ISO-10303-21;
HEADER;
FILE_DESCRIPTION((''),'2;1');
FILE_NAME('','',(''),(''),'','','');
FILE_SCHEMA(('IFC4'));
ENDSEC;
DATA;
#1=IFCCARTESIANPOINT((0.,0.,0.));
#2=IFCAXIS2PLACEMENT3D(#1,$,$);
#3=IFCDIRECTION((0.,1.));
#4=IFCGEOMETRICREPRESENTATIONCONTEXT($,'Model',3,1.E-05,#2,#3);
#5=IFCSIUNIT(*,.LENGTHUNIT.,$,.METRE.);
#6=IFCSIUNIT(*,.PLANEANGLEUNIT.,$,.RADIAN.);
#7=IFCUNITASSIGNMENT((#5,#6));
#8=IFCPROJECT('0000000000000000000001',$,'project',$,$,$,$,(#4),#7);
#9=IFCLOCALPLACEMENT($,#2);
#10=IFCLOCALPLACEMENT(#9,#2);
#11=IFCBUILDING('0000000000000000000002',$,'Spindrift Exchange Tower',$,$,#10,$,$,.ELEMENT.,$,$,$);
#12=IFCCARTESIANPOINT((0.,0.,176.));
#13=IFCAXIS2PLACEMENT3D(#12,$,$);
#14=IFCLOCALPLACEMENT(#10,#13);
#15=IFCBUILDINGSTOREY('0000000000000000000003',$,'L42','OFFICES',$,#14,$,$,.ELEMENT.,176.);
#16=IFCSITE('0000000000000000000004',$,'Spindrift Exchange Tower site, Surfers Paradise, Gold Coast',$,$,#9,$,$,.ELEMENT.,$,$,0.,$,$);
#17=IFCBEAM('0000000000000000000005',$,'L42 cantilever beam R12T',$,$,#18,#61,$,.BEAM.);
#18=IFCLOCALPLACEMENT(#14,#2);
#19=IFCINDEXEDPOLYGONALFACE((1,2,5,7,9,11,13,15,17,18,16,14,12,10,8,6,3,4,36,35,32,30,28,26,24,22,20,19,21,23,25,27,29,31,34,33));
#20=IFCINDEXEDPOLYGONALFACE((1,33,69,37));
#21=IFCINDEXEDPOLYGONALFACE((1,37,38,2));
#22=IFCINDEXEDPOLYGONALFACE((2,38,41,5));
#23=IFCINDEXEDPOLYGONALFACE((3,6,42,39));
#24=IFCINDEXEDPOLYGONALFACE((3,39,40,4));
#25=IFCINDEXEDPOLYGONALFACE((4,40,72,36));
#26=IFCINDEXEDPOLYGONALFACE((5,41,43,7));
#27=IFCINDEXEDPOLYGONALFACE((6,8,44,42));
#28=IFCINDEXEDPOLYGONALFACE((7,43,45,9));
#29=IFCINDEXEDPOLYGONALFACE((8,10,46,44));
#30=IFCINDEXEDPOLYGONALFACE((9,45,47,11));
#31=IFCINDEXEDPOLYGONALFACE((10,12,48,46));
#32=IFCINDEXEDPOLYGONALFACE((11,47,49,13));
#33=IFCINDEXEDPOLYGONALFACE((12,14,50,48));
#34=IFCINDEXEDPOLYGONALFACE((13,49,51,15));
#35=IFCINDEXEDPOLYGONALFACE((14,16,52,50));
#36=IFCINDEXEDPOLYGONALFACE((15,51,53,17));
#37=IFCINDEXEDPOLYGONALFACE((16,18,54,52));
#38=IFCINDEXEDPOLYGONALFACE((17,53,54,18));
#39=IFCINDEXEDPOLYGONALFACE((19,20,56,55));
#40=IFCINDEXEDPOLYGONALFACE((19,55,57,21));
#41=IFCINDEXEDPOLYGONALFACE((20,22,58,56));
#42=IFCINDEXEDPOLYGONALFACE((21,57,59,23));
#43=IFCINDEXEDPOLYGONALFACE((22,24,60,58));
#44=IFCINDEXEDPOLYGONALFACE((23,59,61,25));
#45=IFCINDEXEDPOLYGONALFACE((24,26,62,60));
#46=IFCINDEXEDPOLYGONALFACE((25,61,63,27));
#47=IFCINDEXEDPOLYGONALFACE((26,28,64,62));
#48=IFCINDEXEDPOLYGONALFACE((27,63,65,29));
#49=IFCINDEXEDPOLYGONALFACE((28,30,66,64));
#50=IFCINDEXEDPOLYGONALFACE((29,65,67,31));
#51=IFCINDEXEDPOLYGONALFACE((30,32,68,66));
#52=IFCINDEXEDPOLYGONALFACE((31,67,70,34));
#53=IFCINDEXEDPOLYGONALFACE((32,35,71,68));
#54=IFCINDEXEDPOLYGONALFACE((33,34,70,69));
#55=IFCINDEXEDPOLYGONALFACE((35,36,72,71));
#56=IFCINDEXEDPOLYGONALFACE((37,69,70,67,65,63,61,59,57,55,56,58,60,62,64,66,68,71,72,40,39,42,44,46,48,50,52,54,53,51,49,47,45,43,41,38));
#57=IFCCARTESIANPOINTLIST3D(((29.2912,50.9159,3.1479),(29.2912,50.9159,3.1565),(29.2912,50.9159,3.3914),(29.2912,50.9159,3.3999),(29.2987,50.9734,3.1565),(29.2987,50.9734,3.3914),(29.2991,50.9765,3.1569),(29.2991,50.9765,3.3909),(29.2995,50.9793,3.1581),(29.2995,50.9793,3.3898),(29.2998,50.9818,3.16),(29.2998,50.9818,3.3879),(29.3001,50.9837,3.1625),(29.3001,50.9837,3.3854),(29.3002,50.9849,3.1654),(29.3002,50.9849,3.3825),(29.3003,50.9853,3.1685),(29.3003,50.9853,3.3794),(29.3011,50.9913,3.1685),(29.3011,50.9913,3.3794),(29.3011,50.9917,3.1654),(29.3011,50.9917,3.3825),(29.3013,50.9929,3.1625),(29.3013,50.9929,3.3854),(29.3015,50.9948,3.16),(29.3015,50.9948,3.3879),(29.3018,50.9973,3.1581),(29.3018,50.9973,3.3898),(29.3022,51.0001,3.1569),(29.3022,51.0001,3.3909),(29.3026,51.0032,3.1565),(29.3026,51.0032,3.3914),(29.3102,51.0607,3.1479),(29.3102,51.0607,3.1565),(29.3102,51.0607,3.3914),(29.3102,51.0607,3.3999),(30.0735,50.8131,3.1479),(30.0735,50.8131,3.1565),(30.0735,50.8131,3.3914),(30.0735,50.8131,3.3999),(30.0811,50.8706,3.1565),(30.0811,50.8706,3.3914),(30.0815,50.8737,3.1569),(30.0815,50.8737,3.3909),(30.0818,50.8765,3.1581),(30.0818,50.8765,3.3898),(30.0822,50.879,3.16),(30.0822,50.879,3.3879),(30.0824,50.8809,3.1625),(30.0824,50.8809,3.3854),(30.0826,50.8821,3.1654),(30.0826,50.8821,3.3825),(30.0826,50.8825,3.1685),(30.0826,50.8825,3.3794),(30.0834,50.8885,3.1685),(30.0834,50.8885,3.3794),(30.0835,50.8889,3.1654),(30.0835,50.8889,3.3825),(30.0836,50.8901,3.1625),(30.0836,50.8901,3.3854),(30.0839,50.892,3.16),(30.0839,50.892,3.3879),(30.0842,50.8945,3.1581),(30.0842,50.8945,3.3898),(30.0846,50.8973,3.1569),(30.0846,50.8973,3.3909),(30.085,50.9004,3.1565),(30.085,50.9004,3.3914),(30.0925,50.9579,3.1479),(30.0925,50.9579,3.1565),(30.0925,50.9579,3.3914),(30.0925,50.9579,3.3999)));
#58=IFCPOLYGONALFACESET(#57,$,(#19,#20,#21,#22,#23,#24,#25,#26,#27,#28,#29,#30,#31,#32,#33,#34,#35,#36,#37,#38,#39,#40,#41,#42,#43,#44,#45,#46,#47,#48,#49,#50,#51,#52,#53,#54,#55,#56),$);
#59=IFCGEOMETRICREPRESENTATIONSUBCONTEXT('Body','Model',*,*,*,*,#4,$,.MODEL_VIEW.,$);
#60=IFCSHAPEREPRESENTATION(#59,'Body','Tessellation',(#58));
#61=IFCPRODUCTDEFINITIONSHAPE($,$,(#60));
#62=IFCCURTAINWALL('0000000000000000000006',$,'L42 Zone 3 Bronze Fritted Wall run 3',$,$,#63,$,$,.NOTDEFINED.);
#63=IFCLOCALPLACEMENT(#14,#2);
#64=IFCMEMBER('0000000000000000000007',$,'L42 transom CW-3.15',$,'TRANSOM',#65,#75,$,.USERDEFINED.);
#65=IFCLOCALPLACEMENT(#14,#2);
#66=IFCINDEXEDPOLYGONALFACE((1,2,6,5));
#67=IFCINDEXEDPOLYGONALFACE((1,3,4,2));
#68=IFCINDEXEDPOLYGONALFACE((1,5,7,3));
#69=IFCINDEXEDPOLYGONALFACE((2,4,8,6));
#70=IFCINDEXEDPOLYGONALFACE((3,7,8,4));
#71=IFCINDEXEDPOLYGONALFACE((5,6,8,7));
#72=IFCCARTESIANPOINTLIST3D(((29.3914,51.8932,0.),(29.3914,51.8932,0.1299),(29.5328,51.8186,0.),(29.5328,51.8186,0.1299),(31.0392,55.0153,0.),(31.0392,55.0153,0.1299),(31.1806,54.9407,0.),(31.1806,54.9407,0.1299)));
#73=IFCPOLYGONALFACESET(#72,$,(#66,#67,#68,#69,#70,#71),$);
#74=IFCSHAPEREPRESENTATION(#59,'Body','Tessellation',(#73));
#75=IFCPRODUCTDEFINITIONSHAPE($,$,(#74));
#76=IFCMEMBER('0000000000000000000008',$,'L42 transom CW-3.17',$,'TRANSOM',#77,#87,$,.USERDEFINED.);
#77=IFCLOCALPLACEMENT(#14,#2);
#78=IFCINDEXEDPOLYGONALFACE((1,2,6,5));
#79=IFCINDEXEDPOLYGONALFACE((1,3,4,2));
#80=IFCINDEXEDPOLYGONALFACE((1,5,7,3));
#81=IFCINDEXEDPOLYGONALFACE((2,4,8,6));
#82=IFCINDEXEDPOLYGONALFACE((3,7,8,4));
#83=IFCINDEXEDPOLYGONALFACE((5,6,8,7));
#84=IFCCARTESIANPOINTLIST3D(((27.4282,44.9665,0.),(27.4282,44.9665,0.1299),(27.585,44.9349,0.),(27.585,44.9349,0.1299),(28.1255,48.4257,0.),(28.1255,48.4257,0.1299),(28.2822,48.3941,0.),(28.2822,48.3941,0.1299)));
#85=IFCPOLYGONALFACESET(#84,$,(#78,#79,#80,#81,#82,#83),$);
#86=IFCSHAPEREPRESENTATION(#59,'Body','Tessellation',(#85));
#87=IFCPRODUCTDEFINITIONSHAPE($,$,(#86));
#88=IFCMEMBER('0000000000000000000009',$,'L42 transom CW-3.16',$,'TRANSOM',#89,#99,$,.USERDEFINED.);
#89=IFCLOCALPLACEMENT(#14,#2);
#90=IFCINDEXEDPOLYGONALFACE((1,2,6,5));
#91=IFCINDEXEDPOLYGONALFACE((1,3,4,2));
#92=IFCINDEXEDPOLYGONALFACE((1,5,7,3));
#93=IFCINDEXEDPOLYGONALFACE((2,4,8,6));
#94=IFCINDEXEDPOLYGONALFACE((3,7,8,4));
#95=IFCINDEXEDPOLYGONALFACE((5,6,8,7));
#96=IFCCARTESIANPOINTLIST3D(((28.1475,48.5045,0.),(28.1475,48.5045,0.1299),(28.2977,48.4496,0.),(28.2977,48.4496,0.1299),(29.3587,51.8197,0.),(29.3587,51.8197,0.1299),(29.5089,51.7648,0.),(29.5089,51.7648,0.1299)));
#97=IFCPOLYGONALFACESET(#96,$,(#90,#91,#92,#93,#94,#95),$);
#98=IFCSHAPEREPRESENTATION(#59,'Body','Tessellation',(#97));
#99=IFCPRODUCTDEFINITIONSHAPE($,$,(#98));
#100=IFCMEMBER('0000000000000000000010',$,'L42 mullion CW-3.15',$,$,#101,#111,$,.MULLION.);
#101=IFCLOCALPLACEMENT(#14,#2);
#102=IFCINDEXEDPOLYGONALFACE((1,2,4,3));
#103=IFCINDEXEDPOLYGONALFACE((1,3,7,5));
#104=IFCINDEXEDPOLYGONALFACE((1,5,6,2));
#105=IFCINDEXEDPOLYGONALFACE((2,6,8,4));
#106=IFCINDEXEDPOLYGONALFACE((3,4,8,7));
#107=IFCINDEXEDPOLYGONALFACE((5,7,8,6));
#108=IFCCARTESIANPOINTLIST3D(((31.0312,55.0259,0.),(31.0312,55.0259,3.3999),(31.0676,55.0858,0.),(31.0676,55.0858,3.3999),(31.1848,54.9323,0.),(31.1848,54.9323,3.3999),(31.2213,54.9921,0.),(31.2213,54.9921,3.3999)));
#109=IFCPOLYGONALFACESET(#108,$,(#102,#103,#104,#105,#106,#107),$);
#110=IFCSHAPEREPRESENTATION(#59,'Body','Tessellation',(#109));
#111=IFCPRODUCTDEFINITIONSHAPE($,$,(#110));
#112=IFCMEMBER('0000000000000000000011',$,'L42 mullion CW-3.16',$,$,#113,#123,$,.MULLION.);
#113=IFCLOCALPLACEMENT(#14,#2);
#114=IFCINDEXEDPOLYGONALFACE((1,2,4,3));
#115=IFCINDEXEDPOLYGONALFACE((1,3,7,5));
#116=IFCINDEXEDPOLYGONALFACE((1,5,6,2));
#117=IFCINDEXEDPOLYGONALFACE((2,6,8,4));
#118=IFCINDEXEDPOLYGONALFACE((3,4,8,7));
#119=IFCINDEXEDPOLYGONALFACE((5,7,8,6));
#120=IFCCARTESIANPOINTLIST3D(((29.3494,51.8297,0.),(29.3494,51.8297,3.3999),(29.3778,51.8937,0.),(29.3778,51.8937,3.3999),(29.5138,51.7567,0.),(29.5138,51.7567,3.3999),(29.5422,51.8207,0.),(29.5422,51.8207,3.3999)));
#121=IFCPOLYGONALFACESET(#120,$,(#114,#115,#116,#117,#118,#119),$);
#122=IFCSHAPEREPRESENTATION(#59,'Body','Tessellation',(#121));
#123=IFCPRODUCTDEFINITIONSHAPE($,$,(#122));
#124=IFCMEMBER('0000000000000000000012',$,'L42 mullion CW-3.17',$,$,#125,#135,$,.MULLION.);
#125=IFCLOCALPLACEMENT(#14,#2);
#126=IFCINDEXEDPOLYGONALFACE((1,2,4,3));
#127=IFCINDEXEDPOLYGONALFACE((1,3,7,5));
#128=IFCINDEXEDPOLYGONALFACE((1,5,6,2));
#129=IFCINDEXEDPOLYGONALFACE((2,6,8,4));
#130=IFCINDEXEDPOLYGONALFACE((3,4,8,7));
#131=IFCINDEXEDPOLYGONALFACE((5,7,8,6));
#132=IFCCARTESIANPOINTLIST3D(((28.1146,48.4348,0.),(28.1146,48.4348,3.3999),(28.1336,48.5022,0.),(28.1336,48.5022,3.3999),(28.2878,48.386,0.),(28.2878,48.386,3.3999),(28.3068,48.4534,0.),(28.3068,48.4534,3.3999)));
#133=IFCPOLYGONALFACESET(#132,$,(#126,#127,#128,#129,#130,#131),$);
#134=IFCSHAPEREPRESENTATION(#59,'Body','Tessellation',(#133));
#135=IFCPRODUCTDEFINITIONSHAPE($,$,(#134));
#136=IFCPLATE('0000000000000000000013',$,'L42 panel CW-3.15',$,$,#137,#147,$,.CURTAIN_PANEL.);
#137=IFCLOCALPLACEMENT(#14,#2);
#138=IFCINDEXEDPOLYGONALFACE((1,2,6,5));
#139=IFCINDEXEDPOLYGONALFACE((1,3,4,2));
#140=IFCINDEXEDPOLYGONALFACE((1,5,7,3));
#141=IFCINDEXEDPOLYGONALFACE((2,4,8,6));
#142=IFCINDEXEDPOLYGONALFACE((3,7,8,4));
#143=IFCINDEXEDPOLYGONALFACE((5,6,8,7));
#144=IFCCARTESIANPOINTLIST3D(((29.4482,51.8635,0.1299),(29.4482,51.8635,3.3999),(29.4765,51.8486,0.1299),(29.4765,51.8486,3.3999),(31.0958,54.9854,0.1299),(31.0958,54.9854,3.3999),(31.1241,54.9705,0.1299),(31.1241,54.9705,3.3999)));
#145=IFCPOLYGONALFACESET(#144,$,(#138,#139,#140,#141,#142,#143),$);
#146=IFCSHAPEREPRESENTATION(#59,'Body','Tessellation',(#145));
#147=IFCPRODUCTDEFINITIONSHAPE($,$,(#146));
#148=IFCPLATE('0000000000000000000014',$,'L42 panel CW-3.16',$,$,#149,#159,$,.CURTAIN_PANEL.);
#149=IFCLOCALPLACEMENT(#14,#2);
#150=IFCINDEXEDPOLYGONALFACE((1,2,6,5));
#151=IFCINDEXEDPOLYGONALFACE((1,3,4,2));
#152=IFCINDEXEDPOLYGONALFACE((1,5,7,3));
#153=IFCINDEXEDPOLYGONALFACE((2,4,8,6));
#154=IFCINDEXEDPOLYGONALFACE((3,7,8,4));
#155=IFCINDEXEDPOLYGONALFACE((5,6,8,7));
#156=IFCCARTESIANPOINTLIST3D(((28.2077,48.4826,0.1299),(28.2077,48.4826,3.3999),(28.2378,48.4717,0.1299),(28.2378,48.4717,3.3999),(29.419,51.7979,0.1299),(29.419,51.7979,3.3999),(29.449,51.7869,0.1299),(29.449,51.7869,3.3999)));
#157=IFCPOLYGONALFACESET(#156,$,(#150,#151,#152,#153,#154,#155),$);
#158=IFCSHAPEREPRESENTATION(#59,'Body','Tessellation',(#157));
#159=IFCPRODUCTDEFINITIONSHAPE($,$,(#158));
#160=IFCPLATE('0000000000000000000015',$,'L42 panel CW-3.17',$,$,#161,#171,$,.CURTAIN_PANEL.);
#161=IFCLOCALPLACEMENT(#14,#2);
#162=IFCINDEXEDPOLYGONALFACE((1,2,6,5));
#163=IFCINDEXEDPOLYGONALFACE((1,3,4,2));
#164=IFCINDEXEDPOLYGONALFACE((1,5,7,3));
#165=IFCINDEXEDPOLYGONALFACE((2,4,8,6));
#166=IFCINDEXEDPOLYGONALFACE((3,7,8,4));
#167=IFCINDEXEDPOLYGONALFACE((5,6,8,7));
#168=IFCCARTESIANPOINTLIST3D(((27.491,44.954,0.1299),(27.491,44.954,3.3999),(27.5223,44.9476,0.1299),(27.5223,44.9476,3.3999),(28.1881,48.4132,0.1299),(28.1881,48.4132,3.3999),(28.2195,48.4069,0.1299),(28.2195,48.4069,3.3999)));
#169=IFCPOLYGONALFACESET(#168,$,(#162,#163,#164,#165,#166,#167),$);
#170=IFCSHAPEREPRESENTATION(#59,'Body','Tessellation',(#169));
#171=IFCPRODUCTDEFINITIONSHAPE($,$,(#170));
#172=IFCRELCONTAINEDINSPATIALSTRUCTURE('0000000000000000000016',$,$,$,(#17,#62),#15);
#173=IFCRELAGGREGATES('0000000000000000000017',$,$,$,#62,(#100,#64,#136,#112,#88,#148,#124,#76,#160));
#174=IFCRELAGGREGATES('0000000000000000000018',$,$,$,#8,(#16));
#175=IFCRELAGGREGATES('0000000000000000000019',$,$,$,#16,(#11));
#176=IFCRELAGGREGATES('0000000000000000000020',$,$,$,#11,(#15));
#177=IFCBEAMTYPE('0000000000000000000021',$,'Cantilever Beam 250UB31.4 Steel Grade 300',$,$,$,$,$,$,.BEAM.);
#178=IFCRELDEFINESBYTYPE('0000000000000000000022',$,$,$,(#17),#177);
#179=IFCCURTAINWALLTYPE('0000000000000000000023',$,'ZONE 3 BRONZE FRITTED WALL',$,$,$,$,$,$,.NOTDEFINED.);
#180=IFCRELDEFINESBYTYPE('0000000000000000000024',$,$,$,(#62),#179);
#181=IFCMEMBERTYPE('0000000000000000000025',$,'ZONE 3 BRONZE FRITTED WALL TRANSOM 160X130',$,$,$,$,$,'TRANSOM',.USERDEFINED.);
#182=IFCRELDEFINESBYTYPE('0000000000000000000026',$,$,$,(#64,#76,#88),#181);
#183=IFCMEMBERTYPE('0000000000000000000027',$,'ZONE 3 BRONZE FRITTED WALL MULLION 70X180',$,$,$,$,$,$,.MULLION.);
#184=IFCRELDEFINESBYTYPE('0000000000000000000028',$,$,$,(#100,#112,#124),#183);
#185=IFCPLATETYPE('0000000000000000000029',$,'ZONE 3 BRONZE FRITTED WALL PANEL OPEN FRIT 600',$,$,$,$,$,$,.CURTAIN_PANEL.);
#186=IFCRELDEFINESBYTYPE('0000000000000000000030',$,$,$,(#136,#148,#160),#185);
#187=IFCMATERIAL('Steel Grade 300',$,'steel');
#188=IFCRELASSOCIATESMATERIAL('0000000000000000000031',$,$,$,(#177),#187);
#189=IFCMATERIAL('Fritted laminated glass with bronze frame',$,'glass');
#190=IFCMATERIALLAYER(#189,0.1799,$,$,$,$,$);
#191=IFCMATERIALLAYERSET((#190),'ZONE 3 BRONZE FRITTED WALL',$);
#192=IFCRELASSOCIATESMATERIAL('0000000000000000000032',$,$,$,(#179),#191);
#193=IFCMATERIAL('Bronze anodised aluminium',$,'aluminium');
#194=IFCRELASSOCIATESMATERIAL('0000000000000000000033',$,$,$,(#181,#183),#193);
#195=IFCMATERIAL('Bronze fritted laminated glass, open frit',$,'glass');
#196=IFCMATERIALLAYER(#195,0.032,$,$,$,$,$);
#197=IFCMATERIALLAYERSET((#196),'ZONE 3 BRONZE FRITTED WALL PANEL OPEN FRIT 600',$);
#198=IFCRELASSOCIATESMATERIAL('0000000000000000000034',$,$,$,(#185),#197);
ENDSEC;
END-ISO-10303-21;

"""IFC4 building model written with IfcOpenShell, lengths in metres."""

from ifc_helpers import new_model, si_unit, direction, frame, origin, origin_2d, place, context, subcontext, project, spatial, rectangle, i_section, extrude, source, transform, mapped, material, layer, layer_set, material_profile, profile_set, type_object, element, aggregate, save


model = new_model("IFC4")

# Units and contexts
model_context = context("Model", 3, precision=1e-05, world=origin(), true_north=direction((0.0, 1.0)))
body_context = subcontext(model_context, "Body", "Model", "MODEL_VIEW")
ifc_project = project(units=[si_unit("LENGTHUNIT", "METRE"), si_unit("PLANEANGLEUNIT", "RADIAN")], contexts=[model_context])

# Site, building, storey
site_placement = place(None, origin())
site = spatial("IfcSite", under=ifc_project, at=site_placement, Name="Spindrift Exchange Tower site, Surfers Paradise, Gold Coast", CompositionType="ELEMENT", RefElevation=0.0)
building_placement = place(site_placement, origin())
building = spatial("IfcBuilding", under=site, at=building_placement, Name="Spindrift Exchange Tower", CompositionType="ELEMENT")
storey_placement = place(building_placement, frame((0.0, 0.0, 176.0)))
storey = spatial("IfcBuildingStorey", under=building, at=storey_placement, Name="L42", Description="OFFICES", CompositionType="ELEMENT", Elevation=176.0)

# Beam
ifc_material_1 = material(Name="Steel Grade 300", Category="steel")
ifc_material_profile_1 = material_profile(ifc_material_1, i_section(OverallWidth=0.146, OverallDepth=0.252, WebThickness=0.0061, FlangeThickness=0.0085, FilletRadius=0.012, at=origin_2d()), Name="250UB31.4")
ifc_profile_set_1 = profile_set([ifc_material_profile_1], Name="Steel Grade 300")
beam_type_1 = type_object("IfcBeamType", Name="Cantilever Beam 250UB31.4 Steel Grade 300", PredefinedType="BEAM", material=ifc_profile_set_1)
shared_shape_1 = source(origin(), body_context, "Body", "SweptSolid", [
    extrude(i_section(OverallWidth=0.146, OverallDepth=0.252, WebThickness=0.0061, FlangeThickness=0.0085, FilletRadius=0.012, at=origin_2d()), origin(), (0.0, 0.0, 1.0), 0.7891),
])
beam_1_placement = place(storey_placement, frame((30.083, 50.8855, 3.2739), z_axis=(-0.991477, 0.130278, 0.0), x_axis=(-0.130278, -0.991477, 0.0)))
element("IfcBeam", 1, at=beam_1_placement, inside=storey, type_object=beam_type_1, Name="L42 cantilever beam R12T", PredefinedType="BEAM", context=body_context, shape_type="MappedRepresentation", body=[
    mapped(shared_shape_1, transform((0.0, 0.0, 0.0), scale=1.0)),
])

# Curtain wall, members, plates
ifc_material_2 = material(Name="Fritted laminated glass with bronze frame", Category="glass")
ifc_layer_1 = layer(ifc_material_2, 0.1799)
ifc_layer_set_1 = layer_set([ifc_layer_1], Name="ZONE 3 BRONZE FRITTED WALL")
curtain_wall_type = type_object("IfcCurtainWallType", Name="ZONE 3 BRONZE FRITTED WALL", PredefinedType="NOTDEFINED", material=ifc_layer_set_1)
curtain_wall_placement = place(storey_placement, origin())
curtain_wall = element("IfcCurtainWall", 2, at=curtain_wall_placement, inside=storey, type_object=curtain_wall_type, Name="L42 Zone 3 Bronze Fritted Wall run 3", PredefinedType="NOTDEFINED")
ifc_material_3 = material(Name="Bronze anodised aluminium", Category="aluminium")
ifc_material_profile_2 = material_profile(ifc_material_3, rectangle(XDim=0.1599, YDim=0.1299, at=origin_2d()), Name="ZONE 3 BRONZE FRITTED WALL TRANSOM 160X130")
ifc_profile_set_2 = profile_set([ifc_material_profile_2], Name="Bronze anodised aluminium")
member_type_1 = type_object("IfcMemberType", Name="ZONE 3 BRONZE FRITTED WALL TRANSOM 160X130", ElementType="TRANSOM", PredefinedType="USERDEFINED", material=ifc_profile_set_2)
shared_shape_2 = source(origin(), body_context, "Body", "SweptSolid", [
    extrude(rectangle(XDim=0.1599, YDim=0.1299, at=origin_2d()), origin(), (0.0, 0.0, 1.0), 3.5303),
])
member_1_placement = place(storey_placement, frame((31.1099, 54.978, 0.0649), z_axis=(-0.466747, -0.884391, 0.0), x_axis=(0.884391, -0.466747, 0.0)))
member_1 = element("IfcMember", 3, at=member_1_placement, type_object=member_type_1, Name="L42 transom CW-3.15", ObjectType="TRANSOM", PredefinedType="USERDEFINED", context=body_context, shape_type="MappedRepresentation", body=[
    mapped(shared_shape_2, transform((0.0, 0.0, 0.0), scale=1.0)),
])
shared_shape_3 = source(origin(), body_context, "Body", "SweptSolid", [
    extrude(rectangle(XDim=0.1599, YDim=0.1299, at=origin_2d()), origin(), (0.0, 0.0, 1.0), 3.5288),
])
member_2_placement = place(storey_placement, frame((28.2039, 48.4099, 0.0649), z_axis=(-0.197593, -0.980284, 0.0), x_axis=(0.980284, -0.197593, 0.0)))
member_2 = element("IfcMember", 4, at=member_2_placement, type_object=member_type_1, Name="L42 transom CW-3.17", ObjectType="TRANSOM", PredefinedType="USERDEFINED", context=body_context, shape_type="MappedRepresentation", body=[
    mapped(shared_shape_3, transform((0.0, 0.0, 0.0), scale=1.0)),
])
shared_shape_4 = source(origin(), body_context, "Body", "SweptSolid", [
    extrude(rectangle(XDim=0.1599, YDim=0.1299, at=origin_2d()), origin(), (0.0, 0.0, 1.0), 3.5295),
])
member_3_placement = place(storey_placement, frame((29.4338, 51.7922, 0.0649), z_axis=(-0.343159, -0.939277, 0.0), x_axis=(0.939277, -0.343159, 0.0)))
member_3 = element("IfcMember", 5, at=member_3_placement, type_object=member_type_1, Name="L42 transom CW-3.16", ObjectType="TRANSOM", PredefinedType="USERDEFINED", context=body_context, shape_type="MappedRepresentation", body=[
    mapped(shared_shape_4, transform((0.0, 0.0, 0.0), scale=1.0)),
])
ifc_material_profile_3 = material_profile(ifc_material_3, rectangle(XDim=0.0701, YDim=0.1799, at=origin_2d()), Name="ZONE 3 BRONZE FRITTED WALL MULLION 70X180")
ifc_profile_set_3 = profile_set([ifc_material_profile_3], Name="Bronze anodised aluminium")
member_type_2 = type_object("IfcMemberType", Name="ZONE 3 BRONZE FRITTED WALL MULLION 70X180", PredefinedType="MULLION", material=ifc_profile_set_3)
shared_shape_5 = source(origin(), body_context, "Body", "SweptSolid", [
    extrude(rectangle(XDim=0.0701, YDim=0.1799, at=origin_2d()), origin(), (0.0, 0.0, 1.0), 3.3999),
])
member_4_placement = place(storey_placement, frame((31.1262, 55.009, 0.0), z_axis=(0.0, 0.0, 1.0), x_axis=(-0.52025, -0.854014, 0.0)))
member_4 = element("IfcMember", 6, at=member_4_placement, type_object=member_type_2, Name="L42 mullion CW-3.15", PredefinedType="MULLION", context=body_context, shape_type="MappedRepresentation", body=[
    mapped(shared_shape_5, transform((0.0, 0.0, 0.0), scale=1.0)),
])
member_5_placement = place(storey_placement, frame((29.4458, 51.8252, 0.0), z_axis=(0.0, 0.0, 1.0), x_axis=(-0.405879, -0.913927, 0.0)))
member_5 = element("IfcMember", 7, at=member_5_placement, type_object=member_type_2, Name="L42 mullion CW-3.16", PredefinedType="MULLION", context=body_context, shape_type="MappedRepresentation", body=[
    mapped(shared_shape_5, transform((0.0, 0.0, 0.0), scale=1.0)),
])
member_6_placement = place(storey_placement, frame((28.2107, 48.4441, 0.0), z_axis=(0.0, 0.0, 1.0), x_axis=(-0.271142, -0.962539, 0.0)))
member_6 = element("IfcMember", 8, at=member_6_placement, type_object=member_type_2, Name="L42 mullion CW-3.17", PredefinedType="MULLION", context=body_context, shape_type="MappedRepresentation", body=[
    mapped(shared_shape_5, transform((0.0, 0.0, 0.0), scale=1.0)),
])
ifc_material_4 = material(Name="Bronze fritted laminated glass, open frit", Category="glass")
ifc_layer_2 = layer(ifc_material_4, 0.032)
ifc_layer_set_2 = layer_set([ifc_layer_2], Name="ZONE 3 BRONZE FRITTED WALL PANEL OPEN FRIT 600")
plate_type = type_object("IfcPlateType", Name="ZONE 3 BRONZE FRITTED WALL PANEL OPEN FRIT 600", PredefinedType="CURTAIN_PANEL", material=ifc_layer_set_2)
shared_shape_6 = source(origin(), body_context, "Body", "SweptSolid", [
    extrude(rectangle(XDim=3.53, YDim=0.032, at=origin_2d()), origin(), (0.0, 0.0, 1.0), 3.27),
])
plate_1_placement = place(storey_placement, frame((30.2861, 53.417, 0.1299), z_axis=(0.0, 0.0, 1.0), x_axis=(-0.466739, -0.884395, 0.0)))
plate_1 = element("IfcPlate", 9, at=plate_1_placement, type_object=plate_type, Name="L42 panel CW-3.15", PredefinedType="CURTAIN_PANEL", context=body_context, shape_type="MappedRepresentation", body=[
    mapped(shared_shape_6, transform((0.0, 0.0, 0.0), scale=1.0)),
])
shared_shape_7 = source(origin(), body_context, "Body", "SweptSolid", [
    extrude(rectangle(XDim=3.5295, YDim=0.032, at=origin_2d()), origin(), (0.0, 0.0, 1.0), 3.27),
])
plate_2_placement = place(storey_placement, frame((28.8284, 50.1348, 0.1299), z_axis=(0.0, 0.0, 1.0), x_axis=(-0.343161, -0.939276, 0.0)))
plate_2 = element("IfcPlate", 10, at=plate_2_placement, type_object=plate_type, Name="L42 panel CW-3.16", PredefinedType="CURTAIN_PANEL", context=body_context, shape_type="MappedRepresentation", body=[
    mapped(shared_shape_7, transform((0.0, 0.0, 0.0), scale=1.0)),
])
shared_shape_8 = source(origin(), body_context, "Body", "SweptSolid", [
    extrude(rectangle(XDim=3.5288, YDim=0.032, at=origin_2d()), origin(), (0.0, 0.0, 1.0), 3.27),
])
plate_3_placement = place(storey_placement, frame((27.8552, 46.6804, 0.1299), z_axis=(0.0, 0.0, 1.0), x_axis=(-0.19757, -0.980289, 0.0)))
plate_3 = element("IfcPlate", 11, at=plate_3_placement, type_object=plate_type, Name="L42 panel CW-3.17", PredefinedType="CURTAIN_PANEL", context=body_context, shape_type="MappedRepresentation", body=[
    mapped(shared_shape_8, transform((0.0, 0.0, 0.0), scale=1.0)),
])
aggregate(curtain_wall, [member_4, member_1, plate_1, member_5, member_3, plate_2, member_6, member_2, plate_3])

save(model, "model.ifc")
